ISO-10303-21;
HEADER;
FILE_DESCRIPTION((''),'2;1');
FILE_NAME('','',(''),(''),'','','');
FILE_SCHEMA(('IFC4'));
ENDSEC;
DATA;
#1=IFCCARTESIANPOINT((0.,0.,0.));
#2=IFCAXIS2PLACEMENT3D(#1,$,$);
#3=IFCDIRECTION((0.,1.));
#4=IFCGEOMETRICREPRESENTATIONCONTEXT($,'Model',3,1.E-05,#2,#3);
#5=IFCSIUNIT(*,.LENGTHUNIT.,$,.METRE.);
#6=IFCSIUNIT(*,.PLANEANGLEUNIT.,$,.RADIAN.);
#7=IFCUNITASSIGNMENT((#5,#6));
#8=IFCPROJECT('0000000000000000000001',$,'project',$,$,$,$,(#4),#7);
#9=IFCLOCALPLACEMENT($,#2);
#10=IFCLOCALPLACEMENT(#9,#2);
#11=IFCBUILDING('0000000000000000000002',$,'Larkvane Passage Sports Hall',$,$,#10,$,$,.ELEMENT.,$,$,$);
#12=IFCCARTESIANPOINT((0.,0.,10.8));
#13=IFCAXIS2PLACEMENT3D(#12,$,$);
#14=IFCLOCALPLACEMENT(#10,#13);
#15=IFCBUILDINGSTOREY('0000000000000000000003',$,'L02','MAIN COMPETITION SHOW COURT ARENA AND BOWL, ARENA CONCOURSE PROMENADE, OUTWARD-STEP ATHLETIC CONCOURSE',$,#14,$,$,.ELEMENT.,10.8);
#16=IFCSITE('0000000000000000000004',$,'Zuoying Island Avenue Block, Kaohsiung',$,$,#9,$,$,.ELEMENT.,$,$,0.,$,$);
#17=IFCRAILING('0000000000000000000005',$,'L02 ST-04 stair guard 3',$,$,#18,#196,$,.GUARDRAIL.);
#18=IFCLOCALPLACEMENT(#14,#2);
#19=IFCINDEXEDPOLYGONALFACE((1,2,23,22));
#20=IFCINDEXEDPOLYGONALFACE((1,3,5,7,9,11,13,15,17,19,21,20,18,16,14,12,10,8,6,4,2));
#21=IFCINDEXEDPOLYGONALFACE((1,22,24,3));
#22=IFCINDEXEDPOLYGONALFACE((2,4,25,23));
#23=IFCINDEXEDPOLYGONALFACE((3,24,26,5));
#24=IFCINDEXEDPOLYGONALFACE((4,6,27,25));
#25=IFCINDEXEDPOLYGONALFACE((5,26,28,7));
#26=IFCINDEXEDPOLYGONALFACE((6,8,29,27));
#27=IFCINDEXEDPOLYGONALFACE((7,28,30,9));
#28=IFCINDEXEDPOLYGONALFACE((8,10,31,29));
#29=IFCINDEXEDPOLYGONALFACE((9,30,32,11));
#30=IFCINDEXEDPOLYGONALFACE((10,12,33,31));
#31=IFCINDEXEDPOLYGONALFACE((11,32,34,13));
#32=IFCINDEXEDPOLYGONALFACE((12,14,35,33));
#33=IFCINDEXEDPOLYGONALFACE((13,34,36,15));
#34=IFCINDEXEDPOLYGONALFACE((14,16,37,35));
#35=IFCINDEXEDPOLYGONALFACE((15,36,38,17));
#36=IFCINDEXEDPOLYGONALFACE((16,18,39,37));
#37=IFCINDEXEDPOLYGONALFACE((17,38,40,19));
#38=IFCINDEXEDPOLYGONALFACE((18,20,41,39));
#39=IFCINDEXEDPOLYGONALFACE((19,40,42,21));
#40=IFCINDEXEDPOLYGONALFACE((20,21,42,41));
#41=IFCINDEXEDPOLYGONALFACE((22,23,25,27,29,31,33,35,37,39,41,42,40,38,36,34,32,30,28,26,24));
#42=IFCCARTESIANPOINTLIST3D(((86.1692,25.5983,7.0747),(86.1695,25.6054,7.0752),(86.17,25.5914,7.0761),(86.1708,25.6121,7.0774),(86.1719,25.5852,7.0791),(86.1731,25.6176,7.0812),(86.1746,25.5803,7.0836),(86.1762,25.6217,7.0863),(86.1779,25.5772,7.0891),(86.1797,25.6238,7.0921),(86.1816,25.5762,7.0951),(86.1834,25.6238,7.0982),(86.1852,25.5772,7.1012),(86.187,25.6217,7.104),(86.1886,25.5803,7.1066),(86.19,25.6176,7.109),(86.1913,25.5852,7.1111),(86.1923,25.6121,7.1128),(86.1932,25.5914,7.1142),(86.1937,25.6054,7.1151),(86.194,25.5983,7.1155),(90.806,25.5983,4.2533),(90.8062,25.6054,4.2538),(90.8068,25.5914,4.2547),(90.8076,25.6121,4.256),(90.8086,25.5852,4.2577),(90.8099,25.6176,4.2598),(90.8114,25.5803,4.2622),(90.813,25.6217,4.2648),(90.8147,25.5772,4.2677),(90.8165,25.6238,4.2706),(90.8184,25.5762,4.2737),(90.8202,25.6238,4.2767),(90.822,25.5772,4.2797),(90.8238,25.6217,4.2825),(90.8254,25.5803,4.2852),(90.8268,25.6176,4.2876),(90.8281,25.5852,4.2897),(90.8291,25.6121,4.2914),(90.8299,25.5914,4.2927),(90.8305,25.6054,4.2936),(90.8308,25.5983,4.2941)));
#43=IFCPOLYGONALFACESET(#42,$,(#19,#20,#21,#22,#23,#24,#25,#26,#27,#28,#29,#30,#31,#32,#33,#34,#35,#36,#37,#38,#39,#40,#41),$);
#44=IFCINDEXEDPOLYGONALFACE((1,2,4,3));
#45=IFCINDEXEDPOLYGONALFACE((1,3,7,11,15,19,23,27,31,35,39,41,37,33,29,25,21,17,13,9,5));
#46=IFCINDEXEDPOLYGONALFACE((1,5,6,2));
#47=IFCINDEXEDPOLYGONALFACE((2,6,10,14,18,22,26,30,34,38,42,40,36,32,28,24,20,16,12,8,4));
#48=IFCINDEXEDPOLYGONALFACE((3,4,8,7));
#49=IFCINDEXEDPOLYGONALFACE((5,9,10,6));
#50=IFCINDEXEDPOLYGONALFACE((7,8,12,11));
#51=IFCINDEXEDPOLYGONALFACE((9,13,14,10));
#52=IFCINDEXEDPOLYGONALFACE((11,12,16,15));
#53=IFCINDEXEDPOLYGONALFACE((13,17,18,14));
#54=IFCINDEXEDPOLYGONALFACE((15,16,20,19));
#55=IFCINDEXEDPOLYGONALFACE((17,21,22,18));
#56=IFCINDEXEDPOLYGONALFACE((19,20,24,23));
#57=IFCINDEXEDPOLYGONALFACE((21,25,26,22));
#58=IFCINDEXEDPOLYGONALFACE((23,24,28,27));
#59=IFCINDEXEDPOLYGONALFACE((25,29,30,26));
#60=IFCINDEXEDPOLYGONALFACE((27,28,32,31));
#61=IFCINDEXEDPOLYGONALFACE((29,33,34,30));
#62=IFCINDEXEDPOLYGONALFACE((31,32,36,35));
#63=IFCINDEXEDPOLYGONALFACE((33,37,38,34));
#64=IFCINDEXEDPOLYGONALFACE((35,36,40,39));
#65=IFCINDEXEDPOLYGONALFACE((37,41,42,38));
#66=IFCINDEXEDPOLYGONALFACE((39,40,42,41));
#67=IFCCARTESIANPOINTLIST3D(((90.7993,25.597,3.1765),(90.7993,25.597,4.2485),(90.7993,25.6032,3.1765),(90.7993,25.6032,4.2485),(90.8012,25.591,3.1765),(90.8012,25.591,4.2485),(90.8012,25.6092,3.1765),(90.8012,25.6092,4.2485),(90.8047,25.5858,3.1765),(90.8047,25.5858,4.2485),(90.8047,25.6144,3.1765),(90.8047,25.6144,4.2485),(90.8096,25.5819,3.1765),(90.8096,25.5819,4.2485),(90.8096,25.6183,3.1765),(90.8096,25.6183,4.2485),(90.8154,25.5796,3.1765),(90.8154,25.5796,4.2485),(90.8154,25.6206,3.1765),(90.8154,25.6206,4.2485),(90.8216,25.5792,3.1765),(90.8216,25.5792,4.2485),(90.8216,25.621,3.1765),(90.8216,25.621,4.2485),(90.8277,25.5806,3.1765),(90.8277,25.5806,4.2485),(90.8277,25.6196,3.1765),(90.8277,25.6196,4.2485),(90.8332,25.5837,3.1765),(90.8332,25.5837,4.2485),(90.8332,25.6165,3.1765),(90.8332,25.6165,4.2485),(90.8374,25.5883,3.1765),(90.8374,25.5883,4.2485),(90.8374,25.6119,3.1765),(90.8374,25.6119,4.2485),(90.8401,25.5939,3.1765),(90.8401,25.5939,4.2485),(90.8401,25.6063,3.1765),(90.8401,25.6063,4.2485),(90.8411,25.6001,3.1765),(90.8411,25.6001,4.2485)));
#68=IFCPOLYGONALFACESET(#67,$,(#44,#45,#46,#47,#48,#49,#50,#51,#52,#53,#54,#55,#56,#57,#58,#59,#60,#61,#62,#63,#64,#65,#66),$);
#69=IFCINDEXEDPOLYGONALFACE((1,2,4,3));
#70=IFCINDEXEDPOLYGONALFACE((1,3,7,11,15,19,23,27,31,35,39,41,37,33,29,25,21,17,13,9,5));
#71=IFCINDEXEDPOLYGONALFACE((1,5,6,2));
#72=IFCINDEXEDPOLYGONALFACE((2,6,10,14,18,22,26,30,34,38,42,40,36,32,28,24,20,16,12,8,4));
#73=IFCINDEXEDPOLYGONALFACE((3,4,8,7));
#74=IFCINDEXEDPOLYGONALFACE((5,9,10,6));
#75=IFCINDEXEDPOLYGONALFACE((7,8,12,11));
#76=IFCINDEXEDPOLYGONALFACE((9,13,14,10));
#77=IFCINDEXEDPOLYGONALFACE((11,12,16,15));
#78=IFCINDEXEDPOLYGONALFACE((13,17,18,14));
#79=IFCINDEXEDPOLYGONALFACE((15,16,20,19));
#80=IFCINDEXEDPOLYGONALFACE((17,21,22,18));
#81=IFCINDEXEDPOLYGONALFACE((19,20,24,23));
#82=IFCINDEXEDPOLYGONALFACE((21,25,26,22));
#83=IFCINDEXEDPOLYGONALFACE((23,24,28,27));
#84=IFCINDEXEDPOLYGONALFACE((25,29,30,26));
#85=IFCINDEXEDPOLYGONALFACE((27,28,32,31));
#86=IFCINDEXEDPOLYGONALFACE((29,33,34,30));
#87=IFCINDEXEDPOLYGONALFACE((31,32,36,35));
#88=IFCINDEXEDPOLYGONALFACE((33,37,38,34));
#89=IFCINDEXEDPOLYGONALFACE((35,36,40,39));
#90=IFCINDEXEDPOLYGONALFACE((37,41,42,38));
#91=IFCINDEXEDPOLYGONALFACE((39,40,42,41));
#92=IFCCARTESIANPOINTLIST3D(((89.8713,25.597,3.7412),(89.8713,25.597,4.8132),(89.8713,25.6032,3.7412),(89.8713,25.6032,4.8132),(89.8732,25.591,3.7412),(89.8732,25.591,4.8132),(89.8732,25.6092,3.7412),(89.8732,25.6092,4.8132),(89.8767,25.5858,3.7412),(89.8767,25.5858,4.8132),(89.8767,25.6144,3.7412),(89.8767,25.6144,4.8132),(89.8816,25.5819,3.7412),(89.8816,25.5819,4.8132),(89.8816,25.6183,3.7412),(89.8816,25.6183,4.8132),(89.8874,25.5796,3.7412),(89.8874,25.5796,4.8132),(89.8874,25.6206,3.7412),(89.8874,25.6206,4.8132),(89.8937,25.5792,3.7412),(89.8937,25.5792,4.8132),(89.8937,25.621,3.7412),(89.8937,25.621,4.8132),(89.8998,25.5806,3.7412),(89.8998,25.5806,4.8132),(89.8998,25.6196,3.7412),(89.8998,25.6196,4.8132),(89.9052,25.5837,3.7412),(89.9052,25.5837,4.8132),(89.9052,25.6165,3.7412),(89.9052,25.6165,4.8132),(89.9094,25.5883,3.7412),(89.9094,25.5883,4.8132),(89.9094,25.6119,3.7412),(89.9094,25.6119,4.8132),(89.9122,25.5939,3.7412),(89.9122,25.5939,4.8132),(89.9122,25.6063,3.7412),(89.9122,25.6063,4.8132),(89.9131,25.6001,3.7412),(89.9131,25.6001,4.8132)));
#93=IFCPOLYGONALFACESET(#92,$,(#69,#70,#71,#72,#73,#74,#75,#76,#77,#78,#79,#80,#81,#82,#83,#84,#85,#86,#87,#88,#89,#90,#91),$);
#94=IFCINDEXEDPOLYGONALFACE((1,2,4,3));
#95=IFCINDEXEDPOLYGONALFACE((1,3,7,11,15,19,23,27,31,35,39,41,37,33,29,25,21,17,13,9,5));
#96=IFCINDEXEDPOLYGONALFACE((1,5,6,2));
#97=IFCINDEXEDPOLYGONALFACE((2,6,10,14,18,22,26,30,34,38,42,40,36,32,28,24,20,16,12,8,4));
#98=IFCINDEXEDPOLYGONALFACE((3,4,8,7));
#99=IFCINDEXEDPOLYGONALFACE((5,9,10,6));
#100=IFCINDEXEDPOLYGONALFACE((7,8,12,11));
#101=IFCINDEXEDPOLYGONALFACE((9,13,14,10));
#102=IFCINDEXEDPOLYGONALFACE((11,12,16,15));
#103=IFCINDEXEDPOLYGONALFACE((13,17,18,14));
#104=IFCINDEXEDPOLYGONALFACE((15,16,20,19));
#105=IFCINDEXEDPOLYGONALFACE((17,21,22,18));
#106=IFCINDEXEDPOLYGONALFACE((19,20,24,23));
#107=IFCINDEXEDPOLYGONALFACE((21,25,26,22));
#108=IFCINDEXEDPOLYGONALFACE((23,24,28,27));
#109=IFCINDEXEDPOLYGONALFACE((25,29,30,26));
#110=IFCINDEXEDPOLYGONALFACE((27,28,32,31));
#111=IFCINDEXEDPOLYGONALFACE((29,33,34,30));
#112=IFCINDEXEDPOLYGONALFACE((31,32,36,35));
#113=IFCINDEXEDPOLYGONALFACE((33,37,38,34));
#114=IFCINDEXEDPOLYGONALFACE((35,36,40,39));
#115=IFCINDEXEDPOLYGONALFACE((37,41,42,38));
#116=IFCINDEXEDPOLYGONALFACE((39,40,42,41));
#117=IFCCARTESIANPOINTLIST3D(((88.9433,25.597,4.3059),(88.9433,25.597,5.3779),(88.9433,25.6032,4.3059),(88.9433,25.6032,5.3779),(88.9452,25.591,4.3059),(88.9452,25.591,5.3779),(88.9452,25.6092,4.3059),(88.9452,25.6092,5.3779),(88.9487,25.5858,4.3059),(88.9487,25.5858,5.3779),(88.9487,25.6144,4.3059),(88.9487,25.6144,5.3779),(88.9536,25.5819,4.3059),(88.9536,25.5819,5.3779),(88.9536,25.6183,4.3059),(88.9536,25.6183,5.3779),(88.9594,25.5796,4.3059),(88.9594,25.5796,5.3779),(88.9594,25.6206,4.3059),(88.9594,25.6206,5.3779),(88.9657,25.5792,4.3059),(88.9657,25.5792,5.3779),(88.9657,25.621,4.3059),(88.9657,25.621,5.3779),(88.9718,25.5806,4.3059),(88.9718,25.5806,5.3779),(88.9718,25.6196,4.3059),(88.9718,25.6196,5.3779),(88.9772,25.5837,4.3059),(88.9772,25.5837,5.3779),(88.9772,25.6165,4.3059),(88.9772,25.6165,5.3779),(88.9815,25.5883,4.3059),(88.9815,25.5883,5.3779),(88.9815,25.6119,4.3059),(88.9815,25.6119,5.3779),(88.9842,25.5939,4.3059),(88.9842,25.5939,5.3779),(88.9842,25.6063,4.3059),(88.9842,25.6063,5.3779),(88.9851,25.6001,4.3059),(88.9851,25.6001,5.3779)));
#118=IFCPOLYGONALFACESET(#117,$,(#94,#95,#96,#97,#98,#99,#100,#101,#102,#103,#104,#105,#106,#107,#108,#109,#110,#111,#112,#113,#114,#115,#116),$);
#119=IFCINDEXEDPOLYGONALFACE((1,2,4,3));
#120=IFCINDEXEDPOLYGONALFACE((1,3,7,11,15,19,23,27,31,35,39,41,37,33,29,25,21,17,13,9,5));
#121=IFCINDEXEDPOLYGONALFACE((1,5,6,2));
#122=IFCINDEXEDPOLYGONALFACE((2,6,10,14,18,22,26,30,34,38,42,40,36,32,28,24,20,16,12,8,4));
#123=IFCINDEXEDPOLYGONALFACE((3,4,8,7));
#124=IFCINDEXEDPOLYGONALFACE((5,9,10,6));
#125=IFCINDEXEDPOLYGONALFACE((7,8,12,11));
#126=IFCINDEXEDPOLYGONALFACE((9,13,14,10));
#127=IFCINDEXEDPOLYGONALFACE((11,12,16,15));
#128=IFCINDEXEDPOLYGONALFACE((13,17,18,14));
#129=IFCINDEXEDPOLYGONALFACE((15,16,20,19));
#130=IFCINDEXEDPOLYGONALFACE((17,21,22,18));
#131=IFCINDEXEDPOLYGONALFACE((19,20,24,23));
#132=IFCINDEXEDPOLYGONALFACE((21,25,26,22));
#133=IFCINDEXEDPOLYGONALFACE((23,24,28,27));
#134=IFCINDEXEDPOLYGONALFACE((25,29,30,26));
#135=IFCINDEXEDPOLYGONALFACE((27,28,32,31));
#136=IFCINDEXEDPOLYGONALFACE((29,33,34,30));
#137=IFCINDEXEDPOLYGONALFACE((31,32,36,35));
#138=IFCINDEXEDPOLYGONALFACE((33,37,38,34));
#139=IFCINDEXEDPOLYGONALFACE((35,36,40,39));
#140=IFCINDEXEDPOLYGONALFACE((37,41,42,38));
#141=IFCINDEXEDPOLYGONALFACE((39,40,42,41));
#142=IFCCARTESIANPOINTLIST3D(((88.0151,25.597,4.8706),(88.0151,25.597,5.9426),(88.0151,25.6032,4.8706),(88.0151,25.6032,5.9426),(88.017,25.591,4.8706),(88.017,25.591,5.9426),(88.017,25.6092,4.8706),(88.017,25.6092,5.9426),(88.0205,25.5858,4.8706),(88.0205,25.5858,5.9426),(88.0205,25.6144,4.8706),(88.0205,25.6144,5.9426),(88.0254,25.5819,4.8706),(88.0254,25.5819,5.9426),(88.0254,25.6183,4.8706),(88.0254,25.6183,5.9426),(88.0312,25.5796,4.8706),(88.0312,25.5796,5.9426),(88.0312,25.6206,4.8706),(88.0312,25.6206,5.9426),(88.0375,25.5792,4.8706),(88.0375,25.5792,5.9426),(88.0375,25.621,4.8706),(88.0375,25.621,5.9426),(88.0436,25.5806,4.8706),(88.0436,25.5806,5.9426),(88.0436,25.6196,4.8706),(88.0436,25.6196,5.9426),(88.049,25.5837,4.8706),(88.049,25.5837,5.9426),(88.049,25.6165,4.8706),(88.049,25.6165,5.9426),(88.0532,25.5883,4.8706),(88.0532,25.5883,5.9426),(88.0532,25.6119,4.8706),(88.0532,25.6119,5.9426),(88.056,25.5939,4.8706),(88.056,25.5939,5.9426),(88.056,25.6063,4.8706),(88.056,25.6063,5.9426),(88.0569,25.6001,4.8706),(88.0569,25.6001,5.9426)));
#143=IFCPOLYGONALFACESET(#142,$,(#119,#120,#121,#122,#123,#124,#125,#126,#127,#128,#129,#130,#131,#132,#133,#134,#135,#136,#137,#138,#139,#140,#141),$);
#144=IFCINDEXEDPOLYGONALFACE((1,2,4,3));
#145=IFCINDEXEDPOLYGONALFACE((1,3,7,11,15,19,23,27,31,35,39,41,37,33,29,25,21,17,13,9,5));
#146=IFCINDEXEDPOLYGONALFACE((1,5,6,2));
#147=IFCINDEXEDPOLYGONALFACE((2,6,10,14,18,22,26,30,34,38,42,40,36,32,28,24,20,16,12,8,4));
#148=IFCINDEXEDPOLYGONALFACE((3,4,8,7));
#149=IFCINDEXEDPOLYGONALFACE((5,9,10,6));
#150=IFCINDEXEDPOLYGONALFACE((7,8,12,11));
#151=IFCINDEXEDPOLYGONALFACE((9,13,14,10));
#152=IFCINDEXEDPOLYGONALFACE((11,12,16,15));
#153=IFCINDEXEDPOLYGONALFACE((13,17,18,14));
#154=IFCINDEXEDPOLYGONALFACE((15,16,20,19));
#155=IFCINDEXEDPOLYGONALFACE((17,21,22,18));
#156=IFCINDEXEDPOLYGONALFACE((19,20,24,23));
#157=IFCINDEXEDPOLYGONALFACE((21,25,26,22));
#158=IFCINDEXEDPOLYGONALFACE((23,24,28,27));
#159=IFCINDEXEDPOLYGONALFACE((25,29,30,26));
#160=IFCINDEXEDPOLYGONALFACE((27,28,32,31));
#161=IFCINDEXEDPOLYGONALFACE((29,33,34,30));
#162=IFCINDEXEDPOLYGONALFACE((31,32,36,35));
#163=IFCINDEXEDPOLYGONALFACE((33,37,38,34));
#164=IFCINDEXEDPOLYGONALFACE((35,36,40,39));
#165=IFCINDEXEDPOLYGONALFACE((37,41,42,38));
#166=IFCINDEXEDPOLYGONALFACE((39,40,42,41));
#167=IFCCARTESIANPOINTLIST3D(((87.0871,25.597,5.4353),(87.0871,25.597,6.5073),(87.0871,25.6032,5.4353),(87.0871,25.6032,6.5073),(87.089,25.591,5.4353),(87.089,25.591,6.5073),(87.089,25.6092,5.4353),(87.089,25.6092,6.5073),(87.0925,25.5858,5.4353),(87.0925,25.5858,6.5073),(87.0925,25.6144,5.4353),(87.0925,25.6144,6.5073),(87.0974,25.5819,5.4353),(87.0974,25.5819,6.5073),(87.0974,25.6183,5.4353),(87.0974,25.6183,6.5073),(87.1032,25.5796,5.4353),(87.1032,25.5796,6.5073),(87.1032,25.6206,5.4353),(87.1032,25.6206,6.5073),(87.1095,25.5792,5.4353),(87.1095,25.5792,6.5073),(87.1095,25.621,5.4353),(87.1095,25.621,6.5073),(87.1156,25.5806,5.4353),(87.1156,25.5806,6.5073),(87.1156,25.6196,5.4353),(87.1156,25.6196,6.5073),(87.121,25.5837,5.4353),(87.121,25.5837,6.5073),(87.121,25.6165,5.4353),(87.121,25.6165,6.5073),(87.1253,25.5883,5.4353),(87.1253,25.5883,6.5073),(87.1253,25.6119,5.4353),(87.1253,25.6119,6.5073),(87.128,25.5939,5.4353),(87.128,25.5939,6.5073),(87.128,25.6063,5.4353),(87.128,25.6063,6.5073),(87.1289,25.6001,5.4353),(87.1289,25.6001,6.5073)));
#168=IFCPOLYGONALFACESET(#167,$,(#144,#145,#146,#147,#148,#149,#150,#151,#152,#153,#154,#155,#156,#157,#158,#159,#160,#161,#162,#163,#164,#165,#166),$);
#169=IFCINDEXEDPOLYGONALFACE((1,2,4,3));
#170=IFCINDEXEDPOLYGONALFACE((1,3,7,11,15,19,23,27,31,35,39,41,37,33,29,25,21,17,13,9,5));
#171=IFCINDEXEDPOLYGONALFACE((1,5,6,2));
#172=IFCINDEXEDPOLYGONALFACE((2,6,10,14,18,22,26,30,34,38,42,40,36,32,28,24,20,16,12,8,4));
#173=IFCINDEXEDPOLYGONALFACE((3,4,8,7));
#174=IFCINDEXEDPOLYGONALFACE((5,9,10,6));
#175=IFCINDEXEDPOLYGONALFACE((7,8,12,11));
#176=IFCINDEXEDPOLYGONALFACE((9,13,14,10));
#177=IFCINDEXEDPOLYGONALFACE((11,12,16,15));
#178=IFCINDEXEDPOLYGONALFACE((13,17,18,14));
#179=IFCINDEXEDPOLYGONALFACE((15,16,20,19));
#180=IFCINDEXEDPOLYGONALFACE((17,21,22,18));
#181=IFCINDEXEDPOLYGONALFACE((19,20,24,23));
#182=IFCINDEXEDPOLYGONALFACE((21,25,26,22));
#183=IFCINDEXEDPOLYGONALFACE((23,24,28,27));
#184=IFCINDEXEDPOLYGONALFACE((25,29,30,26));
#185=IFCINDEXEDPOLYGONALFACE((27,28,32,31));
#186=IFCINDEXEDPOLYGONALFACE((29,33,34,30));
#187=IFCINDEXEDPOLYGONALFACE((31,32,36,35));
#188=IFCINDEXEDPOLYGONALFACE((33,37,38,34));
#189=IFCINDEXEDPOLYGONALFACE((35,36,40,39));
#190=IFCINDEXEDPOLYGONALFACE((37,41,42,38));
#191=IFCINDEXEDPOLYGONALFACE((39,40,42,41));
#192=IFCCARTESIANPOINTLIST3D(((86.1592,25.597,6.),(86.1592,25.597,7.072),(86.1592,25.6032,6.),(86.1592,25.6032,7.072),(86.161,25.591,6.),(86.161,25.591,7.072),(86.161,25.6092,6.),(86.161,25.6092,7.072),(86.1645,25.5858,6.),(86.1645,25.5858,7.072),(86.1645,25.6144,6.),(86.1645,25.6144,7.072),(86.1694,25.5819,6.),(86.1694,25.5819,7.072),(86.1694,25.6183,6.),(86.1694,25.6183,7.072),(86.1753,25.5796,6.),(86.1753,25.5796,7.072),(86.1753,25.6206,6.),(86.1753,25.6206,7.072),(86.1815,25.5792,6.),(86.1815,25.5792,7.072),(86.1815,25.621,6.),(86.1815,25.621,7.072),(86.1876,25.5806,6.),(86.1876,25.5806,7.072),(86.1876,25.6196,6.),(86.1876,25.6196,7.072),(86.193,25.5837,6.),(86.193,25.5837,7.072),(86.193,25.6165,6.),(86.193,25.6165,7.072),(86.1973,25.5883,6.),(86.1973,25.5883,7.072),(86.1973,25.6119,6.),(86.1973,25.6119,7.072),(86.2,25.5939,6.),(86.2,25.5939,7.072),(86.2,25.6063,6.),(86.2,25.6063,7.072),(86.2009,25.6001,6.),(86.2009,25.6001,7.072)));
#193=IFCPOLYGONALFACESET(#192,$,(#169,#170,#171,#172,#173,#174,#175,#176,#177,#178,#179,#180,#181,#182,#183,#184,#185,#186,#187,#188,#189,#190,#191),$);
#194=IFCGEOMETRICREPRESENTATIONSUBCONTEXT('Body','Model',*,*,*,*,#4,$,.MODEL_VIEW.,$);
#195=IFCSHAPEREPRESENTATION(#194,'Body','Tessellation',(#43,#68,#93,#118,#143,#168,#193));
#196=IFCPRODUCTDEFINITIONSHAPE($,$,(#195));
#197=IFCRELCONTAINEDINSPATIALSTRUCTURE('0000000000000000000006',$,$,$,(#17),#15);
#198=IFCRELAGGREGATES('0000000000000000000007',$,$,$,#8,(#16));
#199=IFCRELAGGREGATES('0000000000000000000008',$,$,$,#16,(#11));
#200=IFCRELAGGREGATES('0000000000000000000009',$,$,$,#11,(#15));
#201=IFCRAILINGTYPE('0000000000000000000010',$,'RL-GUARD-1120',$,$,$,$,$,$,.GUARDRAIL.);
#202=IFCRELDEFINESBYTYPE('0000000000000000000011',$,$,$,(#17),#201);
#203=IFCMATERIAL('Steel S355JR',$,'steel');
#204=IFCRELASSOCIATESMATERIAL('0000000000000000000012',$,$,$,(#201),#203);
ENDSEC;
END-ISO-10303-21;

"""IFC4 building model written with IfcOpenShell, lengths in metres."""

from ifc_helpers import new_model, si_unit, direction, frame, origin, origin_2d, place, context, subcontext, project, spatial, circle, extrude, material, type_object, element, save


model = new_model("IFC4")

# Units and contexts
model_context = context("Model", 3, precision=1e-05, world=origin(), true_north=direction((0.0, 1.0)))
body_context = subcontext(model_context, "Body", "Model", "MODEL_VIEW")
ifc_project = project(units=[si_unit("LENGTHUNIT", "METRE"), si_unit("PLANEANGLEUNIT", "RADIAN")], contexts=[model_context])

# Site, building, storey
site_placement = place(None, origin())
site = spatial("IfcSite", under=ifc_project, at=site_placement, Name="Zuoying Island Avenue Block, Kaohsiung", CompositionType="ELEMENT", RefElevation=0.0)
building_placement = place(site_placement, origin())
building = spatial("IfcBuilding", under=site, at=building_placement, Name="Larkvane Passage Sports Hall", CompositionType="ELEMENT")
storey_placement = place(building_placement, frame((0.0, 0.0, 10.8)))
storey = spatial("IfcBuildingStorey", under=building, at=storey_placement, Name="L02", Description="MAIN COMPETITION SHOW COURT ARENA AND BOWL, ARENA CONCOURSE PROMENADE, OUTWARD-STEP ATHLETIC CONCOURSE", CompositionType="ELEMENT", Elevation=10.8)

# Shared definitions
ifc_material_1 = material(Name="Steel S355JR", Category="steel")

# Railing
railing_type_1 = type_object("IfcRailingType", Name="RL-GUARD-1120", PredefinedType="GUARDRAIL", material=ifc_material_1)
railing_1_placement = place(storey_placement, frame((90.8201, 25.6001, 3.1765)))
element("IfcRailing", 1, at=railing_1_placement, inside=storey, type_object=railing_type_1, Name="L02 ST-04 stair guard 3", PredefinedType="GUARDRAIL", context=body_context, shape_type="SweptSolid", body=[
    extrude(circle(Radius=0.0239, at=origin_2d()), frame((-0.0017, 0.0, 1.0972), z_axis=(-0.854276, 0.0, 0.51982), x_axis=(0.0, -1.0, 0.0)), (0.0, 0.0, 1.0), 5.4277),
    extrude(circle(Radius=0.021, at=origin_2d()), origin(), (0.0, 0.0, 1.0), 1.072),
    extrude(circle(Radius=0.021, at=origin_2d()), frame((-0.928, 0.0, 0.5647)), (0.0, 0.0, 1.0), 1.072),
    extrude(circle(Radius=0.021, at=origin_2d()), frame((-1.856, 0.0, 1.1294)), (0.0, 0.0, 1.0), 1.072),
    extrude(circle(Radius=0.021, at=origin_2d()), frame((-2.7842, 0.0, 1.6941)), (0.0, 0.0, 1.0), 1.072),
    extrude(circle(Radius=0.021, at=origin_2d()), frame((-3.7122, 0.0, 2.2588)), (0.0, 0.0, 1.0), 1.072),
    extrude(circle(Radius=0.021, at=origin_2d()), frame((-4.6401, 0.0, 2.8235)), (0.0, 0.0, 1.0), 1.072),
])

save(model, "model.ifc")
